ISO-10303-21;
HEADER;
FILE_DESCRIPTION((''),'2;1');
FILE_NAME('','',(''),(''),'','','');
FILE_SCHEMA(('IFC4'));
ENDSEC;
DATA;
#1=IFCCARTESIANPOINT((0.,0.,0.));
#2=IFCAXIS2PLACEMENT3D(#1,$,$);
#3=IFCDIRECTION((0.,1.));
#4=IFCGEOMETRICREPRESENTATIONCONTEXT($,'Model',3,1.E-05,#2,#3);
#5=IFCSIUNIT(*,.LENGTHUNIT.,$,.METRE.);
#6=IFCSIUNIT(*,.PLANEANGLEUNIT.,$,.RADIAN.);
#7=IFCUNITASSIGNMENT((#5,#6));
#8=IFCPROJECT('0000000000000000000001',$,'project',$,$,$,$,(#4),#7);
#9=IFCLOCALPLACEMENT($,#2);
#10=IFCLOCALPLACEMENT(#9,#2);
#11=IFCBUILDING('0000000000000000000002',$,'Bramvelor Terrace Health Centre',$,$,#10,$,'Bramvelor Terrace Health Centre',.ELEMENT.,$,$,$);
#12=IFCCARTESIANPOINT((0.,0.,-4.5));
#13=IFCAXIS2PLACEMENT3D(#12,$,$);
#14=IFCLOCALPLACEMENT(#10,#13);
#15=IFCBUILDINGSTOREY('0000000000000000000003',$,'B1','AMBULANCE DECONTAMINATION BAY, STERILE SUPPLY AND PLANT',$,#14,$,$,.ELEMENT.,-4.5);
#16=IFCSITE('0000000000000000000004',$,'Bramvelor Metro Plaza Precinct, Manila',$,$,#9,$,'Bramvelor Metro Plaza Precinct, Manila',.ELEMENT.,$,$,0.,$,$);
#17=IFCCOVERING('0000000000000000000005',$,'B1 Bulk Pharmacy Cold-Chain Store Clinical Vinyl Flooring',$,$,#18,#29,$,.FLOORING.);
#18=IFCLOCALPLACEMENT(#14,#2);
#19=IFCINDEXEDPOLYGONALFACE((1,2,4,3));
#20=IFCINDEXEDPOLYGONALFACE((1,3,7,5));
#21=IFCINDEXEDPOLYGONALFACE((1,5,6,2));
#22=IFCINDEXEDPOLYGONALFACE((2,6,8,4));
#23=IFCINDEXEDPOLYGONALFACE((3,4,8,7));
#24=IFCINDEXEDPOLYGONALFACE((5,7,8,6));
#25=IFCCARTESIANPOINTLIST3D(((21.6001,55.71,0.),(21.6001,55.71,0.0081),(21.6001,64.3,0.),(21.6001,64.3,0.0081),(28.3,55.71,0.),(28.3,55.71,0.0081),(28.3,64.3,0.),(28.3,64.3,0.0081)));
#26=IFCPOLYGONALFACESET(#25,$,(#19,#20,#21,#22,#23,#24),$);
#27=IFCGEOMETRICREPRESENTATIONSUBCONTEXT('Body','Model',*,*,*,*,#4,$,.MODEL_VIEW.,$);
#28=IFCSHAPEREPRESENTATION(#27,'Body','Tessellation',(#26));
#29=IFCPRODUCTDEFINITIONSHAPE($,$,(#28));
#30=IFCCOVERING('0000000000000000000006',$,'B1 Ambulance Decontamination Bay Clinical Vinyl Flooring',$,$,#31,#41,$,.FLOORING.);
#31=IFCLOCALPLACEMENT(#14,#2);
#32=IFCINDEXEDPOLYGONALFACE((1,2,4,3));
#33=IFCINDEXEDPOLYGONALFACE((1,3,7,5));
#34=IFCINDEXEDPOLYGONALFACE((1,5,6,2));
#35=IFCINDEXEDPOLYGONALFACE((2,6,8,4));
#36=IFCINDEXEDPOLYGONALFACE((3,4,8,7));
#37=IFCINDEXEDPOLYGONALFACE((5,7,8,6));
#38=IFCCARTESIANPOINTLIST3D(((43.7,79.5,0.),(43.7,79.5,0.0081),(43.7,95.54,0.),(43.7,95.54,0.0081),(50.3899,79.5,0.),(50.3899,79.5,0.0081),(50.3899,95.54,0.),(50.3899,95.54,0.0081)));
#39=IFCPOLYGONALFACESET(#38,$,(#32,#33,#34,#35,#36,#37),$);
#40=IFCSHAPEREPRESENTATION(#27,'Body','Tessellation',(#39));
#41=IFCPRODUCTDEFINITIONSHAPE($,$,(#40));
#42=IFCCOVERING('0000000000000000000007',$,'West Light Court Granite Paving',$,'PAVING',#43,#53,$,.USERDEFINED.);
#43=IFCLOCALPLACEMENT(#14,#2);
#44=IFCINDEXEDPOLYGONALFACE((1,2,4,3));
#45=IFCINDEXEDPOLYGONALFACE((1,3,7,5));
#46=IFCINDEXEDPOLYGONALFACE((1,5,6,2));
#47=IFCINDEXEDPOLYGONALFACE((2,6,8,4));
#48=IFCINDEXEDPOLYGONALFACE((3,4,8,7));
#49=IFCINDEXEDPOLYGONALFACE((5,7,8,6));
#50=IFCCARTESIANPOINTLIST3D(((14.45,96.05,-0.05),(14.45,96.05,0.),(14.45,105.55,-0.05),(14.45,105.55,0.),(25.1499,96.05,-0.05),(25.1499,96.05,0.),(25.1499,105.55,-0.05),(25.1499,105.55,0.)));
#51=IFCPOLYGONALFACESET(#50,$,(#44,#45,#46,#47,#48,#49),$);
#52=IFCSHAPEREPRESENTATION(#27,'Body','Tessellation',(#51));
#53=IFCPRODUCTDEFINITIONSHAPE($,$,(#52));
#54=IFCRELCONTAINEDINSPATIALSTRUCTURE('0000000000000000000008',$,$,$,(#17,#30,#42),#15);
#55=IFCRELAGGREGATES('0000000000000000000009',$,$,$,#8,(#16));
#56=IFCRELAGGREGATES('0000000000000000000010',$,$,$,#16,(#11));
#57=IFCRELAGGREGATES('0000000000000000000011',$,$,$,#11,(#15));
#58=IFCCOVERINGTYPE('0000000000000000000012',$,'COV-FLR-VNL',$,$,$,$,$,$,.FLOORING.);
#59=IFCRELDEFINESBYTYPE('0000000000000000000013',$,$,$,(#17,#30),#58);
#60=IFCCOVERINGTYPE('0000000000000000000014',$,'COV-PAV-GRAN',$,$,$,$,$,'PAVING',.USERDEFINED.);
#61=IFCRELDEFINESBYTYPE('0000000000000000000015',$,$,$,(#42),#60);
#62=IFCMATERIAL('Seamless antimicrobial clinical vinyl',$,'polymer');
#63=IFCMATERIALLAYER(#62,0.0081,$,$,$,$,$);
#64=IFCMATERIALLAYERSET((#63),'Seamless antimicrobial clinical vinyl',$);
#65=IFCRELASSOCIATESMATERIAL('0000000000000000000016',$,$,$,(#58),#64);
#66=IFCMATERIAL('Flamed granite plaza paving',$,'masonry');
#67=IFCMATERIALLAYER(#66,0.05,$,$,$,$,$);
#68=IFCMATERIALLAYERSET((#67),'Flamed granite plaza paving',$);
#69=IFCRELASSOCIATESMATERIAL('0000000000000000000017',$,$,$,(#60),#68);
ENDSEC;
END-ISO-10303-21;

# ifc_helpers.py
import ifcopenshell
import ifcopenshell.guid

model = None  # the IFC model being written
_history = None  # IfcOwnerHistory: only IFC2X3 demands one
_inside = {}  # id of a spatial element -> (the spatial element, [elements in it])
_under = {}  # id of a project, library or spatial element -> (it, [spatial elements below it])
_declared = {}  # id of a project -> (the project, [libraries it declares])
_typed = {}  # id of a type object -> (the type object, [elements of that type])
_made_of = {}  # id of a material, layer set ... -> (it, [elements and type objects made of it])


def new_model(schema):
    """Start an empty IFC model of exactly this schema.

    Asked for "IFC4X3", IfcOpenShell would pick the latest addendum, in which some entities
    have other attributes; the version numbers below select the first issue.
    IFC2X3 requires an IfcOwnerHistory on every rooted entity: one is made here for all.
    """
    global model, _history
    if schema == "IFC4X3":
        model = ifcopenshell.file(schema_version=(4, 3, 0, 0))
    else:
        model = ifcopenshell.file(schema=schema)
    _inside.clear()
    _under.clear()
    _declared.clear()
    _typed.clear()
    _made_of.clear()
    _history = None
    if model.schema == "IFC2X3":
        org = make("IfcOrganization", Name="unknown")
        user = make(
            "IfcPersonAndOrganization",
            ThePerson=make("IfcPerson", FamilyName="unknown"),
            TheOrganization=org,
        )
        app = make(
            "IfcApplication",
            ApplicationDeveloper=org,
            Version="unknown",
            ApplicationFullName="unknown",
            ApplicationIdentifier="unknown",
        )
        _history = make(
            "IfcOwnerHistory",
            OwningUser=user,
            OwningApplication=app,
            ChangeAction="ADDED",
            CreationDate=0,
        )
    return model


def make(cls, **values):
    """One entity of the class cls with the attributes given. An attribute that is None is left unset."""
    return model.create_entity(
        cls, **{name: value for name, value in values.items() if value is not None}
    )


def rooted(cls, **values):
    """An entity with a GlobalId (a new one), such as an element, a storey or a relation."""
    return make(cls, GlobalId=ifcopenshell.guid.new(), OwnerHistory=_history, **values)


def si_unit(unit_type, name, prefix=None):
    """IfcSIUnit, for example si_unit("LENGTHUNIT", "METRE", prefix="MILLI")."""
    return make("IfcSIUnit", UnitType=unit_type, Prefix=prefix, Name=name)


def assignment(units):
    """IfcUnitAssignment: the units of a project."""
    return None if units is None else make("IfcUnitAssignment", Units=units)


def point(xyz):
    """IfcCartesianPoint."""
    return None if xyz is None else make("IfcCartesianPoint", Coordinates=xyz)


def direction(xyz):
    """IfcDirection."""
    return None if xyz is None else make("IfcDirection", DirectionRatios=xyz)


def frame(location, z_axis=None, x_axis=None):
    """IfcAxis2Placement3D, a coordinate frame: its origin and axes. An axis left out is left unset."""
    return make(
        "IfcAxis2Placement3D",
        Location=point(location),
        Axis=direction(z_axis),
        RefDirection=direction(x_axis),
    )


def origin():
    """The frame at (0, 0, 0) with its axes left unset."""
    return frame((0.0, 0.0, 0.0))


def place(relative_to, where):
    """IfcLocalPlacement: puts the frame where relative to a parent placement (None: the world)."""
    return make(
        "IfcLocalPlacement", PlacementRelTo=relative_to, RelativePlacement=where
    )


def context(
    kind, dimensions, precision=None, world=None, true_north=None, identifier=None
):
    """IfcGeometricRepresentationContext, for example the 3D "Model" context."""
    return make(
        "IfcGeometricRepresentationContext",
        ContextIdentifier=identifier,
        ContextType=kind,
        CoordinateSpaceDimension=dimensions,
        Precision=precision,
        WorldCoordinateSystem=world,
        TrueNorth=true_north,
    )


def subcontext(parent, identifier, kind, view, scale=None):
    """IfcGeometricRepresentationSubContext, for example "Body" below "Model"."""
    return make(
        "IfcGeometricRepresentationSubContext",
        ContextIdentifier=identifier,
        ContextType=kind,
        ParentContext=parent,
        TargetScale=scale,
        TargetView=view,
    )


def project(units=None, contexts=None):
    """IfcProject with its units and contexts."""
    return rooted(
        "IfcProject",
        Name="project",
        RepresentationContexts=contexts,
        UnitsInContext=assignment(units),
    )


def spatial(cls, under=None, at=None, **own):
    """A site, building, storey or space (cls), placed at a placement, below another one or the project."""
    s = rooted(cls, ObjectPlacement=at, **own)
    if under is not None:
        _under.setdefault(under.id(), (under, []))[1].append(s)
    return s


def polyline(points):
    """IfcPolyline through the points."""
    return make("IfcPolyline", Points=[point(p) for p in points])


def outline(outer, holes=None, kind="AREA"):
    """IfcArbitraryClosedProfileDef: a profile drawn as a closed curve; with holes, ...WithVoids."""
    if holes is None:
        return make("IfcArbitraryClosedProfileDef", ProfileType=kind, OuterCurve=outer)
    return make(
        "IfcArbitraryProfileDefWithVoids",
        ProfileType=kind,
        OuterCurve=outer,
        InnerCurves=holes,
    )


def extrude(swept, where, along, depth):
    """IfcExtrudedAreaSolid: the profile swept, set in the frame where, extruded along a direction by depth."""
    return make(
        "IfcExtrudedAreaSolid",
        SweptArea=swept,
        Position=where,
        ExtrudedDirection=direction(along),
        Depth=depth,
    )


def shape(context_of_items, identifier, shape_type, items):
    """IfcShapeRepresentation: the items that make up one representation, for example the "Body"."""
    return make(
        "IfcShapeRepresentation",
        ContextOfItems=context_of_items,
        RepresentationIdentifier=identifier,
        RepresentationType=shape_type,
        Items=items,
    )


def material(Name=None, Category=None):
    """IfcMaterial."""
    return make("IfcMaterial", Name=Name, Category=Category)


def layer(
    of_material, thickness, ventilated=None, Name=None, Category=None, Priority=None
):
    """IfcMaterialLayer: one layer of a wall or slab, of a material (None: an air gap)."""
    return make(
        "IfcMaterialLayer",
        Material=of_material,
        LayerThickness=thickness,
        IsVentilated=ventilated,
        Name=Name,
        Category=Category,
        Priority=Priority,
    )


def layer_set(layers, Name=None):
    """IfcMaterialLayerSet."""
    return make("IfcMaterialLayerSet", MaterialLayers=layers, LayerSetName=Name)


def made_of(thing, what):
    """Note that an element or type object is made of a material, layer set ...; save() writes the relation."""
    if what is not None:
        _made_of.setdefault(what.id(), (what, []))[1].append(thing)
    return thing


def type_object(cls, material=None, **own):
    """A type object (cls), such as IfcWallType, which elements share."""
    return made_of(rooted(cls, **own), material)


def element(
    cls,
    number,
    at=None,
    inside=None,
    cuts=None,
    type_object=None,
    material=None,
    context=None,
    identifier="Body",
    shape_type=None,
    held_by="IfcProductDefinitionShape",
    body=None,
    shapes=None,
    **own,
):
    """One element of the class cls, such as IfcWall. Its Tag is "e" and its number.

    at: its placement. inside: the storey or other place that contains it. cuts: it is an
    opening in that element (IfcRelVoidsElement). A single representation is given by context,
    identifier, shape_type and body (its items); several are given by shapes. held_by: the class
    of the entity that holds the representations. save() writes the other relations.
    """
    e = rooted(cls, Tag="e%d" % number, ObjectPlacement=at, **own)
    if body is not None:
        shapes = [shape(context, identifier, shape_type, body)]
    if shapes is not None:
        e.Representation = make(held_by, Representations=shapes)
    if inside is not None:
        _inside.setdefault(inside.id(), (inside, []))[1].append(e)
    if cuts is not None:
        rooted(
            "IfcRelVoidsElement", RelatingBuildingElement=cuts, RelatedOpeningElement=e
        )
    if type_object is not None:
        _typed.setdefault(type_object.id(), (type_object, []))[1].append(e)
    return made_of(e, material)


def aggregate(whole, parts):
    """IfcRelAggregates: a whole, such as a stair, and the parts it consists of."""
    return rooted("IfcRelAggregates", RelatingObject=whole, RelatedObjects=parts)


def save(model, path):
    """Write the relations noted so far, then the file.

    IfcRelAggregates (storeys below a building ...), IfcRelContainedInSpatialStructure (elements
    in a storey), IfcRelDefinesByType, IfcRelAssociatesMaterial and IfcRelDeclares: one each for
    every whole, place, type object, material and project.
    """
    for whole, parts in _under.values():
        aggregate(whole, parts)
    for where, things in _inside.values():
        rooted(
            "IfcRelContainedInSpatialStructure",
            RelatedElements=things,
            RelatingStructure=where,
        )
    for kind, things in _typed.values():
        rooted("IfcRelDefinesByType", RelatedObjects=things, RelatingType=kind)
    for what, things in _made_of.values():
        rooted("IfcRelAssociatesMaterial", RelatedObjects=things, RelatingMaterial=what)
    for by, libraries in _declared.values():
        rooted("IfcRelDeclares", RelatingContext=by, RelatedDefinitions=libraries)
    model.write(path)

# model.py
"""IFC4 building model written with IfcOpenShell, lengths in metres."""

from ifc_helpers import new_model, si_unit, direction, frame, origin, place, context, subcontext, project, spatial, polyline, outline, extrude, material, layer, layer_set, type_object, element, save


model = new_model("IFC4")

# Units and contexts
model_context = context("Model", 3, precision=1e-05, world=origin(), true_north=direction((0.0, 1.0)))
body_context = subcontext(model_context, "Body", "Model", "MODEL_VIEW")
ifc_project = project(units=[si_unit("LENGTHUNIT", "METRE"), si_unit("PLANEANGLEUNIT", "RADIAN")], contexts=[model_context])

# Site, building, storey
site_placement = place(None, origin())
site = spatial("IfcSite", under=ifc_project, at=site_placement, Name="Bramvelor Metro Plaza Precinct, Manila", LongName="Bramvelor Metro Plaza Precinct, Manila", CompositionType="ELEMENT", RefElevation=0.0)
building_placement = place(site_placement, origin())
building = spatial("IfcBuilding", under=site, at=building_placement, Name="Bramvelor Terrace Health Centre", LongName="Bramvelor Terrace Health Centre", CompositionType="ELEMENT")
storey_placement = place(building_placement, frame((0.0, 0.0, -4.5)))
storey = spatial("IfcBuildingStorey", under=building, at=storey_placement, Name="B1", Description="AMBULANCE DECONTAMINATION BAY, STERILE SUPPLY AND PLANT", CompositionType="ELEMENT", Elevation=-4.5)

# Coverings
ifc_material_1 = material(Name="Seamless antimicrobial clinical vinyl", Category="polymer")
ifc_layer_1 = layer(ifc_material_1, 0.0081)
ifc_layer_set_1 = layer_set([ifc_layer_1], Name="Seamless antimicrobial clinical vinyl")
covering_type_1 = type_object("IfcCoveringType", Name="COV-FLR-VNL", PredefinedType="FLOORING", material=ifc_layer_set_1)
covering_1_placement = place(storey_placement, origin())
element("IfcCovering", 1, at=covering_1_placement, inside=storey, type_object=covering_type_1, Name="B1 Bulk Pharmacy Cold-Chain Store Clinical Vinyl Flooring", PredefinedType="FLOORING", context=body_context, shape_type="SweptSolid", body=[
    extrude(outline(polyline([(21.6001, 64.3), (28.3, 64.3), (28.3, 55.71), (21.6001, 55.71), (21.6001, 64.3)])), origin(), (0.0, 0.0, 1.0), 0.0081),
])
covering_2_placement = place(storey_placement, origin())
element("IfcCovering", 2, at=covering_2_placement, inside=storey, type_object=covering_type_1, Name="B1 Ambulance Decontamination Bay Clinical Vinyl Flooring", PredefinedType="FLOORING", context=body_context, shape_type="SweptSolid", body=[
    extrude(outline(polyline([(43.7, 79.5), (43.7, 95.54), (50.3899, 95.54), (50.3899, 79.5), (43.7, 79.5)])), origin(), (0.0, 0.0, 1.0), 0.0081),
])
ifc_material_2 = material(Name="Flamed granite plaza paving", Category="masonry")
ifc_layer_2 = layer(ifc_material_2, 0.05)
ifc_layer_set_2 = layer_set([ifc_layer_2], Name="Flamed granite plaza paving")
covering_type_2 = type_object("IfcCoveringType", Name="COV-PAV-GRAN", ElementType="PAVING", PredefinedType="USERDEFINED", material=ifc_layer_set_2)
covering_3_placement = place(storey_placement, frame((0.0, 0.0, -0.05)))
element("IfcCovering", 3, at=covering_3_placement, inside=storey, type_object=covering_type_2, Name="West Light Court Granite Paving", ObjectType="PAVING", PredefinedType="USERDEFINED", context=body_context, shape_type="SweptSolid", body=[
    extrude(outline(polyline([(14.45, 96.05), (25.1499, 96.05), (25.1499, 105.55), (14.45, 105.55), (14.45, 96.05)])), origin(), (0.0, 0.0, 1.0), 0.05),
])

save(model, "model.ifc")
